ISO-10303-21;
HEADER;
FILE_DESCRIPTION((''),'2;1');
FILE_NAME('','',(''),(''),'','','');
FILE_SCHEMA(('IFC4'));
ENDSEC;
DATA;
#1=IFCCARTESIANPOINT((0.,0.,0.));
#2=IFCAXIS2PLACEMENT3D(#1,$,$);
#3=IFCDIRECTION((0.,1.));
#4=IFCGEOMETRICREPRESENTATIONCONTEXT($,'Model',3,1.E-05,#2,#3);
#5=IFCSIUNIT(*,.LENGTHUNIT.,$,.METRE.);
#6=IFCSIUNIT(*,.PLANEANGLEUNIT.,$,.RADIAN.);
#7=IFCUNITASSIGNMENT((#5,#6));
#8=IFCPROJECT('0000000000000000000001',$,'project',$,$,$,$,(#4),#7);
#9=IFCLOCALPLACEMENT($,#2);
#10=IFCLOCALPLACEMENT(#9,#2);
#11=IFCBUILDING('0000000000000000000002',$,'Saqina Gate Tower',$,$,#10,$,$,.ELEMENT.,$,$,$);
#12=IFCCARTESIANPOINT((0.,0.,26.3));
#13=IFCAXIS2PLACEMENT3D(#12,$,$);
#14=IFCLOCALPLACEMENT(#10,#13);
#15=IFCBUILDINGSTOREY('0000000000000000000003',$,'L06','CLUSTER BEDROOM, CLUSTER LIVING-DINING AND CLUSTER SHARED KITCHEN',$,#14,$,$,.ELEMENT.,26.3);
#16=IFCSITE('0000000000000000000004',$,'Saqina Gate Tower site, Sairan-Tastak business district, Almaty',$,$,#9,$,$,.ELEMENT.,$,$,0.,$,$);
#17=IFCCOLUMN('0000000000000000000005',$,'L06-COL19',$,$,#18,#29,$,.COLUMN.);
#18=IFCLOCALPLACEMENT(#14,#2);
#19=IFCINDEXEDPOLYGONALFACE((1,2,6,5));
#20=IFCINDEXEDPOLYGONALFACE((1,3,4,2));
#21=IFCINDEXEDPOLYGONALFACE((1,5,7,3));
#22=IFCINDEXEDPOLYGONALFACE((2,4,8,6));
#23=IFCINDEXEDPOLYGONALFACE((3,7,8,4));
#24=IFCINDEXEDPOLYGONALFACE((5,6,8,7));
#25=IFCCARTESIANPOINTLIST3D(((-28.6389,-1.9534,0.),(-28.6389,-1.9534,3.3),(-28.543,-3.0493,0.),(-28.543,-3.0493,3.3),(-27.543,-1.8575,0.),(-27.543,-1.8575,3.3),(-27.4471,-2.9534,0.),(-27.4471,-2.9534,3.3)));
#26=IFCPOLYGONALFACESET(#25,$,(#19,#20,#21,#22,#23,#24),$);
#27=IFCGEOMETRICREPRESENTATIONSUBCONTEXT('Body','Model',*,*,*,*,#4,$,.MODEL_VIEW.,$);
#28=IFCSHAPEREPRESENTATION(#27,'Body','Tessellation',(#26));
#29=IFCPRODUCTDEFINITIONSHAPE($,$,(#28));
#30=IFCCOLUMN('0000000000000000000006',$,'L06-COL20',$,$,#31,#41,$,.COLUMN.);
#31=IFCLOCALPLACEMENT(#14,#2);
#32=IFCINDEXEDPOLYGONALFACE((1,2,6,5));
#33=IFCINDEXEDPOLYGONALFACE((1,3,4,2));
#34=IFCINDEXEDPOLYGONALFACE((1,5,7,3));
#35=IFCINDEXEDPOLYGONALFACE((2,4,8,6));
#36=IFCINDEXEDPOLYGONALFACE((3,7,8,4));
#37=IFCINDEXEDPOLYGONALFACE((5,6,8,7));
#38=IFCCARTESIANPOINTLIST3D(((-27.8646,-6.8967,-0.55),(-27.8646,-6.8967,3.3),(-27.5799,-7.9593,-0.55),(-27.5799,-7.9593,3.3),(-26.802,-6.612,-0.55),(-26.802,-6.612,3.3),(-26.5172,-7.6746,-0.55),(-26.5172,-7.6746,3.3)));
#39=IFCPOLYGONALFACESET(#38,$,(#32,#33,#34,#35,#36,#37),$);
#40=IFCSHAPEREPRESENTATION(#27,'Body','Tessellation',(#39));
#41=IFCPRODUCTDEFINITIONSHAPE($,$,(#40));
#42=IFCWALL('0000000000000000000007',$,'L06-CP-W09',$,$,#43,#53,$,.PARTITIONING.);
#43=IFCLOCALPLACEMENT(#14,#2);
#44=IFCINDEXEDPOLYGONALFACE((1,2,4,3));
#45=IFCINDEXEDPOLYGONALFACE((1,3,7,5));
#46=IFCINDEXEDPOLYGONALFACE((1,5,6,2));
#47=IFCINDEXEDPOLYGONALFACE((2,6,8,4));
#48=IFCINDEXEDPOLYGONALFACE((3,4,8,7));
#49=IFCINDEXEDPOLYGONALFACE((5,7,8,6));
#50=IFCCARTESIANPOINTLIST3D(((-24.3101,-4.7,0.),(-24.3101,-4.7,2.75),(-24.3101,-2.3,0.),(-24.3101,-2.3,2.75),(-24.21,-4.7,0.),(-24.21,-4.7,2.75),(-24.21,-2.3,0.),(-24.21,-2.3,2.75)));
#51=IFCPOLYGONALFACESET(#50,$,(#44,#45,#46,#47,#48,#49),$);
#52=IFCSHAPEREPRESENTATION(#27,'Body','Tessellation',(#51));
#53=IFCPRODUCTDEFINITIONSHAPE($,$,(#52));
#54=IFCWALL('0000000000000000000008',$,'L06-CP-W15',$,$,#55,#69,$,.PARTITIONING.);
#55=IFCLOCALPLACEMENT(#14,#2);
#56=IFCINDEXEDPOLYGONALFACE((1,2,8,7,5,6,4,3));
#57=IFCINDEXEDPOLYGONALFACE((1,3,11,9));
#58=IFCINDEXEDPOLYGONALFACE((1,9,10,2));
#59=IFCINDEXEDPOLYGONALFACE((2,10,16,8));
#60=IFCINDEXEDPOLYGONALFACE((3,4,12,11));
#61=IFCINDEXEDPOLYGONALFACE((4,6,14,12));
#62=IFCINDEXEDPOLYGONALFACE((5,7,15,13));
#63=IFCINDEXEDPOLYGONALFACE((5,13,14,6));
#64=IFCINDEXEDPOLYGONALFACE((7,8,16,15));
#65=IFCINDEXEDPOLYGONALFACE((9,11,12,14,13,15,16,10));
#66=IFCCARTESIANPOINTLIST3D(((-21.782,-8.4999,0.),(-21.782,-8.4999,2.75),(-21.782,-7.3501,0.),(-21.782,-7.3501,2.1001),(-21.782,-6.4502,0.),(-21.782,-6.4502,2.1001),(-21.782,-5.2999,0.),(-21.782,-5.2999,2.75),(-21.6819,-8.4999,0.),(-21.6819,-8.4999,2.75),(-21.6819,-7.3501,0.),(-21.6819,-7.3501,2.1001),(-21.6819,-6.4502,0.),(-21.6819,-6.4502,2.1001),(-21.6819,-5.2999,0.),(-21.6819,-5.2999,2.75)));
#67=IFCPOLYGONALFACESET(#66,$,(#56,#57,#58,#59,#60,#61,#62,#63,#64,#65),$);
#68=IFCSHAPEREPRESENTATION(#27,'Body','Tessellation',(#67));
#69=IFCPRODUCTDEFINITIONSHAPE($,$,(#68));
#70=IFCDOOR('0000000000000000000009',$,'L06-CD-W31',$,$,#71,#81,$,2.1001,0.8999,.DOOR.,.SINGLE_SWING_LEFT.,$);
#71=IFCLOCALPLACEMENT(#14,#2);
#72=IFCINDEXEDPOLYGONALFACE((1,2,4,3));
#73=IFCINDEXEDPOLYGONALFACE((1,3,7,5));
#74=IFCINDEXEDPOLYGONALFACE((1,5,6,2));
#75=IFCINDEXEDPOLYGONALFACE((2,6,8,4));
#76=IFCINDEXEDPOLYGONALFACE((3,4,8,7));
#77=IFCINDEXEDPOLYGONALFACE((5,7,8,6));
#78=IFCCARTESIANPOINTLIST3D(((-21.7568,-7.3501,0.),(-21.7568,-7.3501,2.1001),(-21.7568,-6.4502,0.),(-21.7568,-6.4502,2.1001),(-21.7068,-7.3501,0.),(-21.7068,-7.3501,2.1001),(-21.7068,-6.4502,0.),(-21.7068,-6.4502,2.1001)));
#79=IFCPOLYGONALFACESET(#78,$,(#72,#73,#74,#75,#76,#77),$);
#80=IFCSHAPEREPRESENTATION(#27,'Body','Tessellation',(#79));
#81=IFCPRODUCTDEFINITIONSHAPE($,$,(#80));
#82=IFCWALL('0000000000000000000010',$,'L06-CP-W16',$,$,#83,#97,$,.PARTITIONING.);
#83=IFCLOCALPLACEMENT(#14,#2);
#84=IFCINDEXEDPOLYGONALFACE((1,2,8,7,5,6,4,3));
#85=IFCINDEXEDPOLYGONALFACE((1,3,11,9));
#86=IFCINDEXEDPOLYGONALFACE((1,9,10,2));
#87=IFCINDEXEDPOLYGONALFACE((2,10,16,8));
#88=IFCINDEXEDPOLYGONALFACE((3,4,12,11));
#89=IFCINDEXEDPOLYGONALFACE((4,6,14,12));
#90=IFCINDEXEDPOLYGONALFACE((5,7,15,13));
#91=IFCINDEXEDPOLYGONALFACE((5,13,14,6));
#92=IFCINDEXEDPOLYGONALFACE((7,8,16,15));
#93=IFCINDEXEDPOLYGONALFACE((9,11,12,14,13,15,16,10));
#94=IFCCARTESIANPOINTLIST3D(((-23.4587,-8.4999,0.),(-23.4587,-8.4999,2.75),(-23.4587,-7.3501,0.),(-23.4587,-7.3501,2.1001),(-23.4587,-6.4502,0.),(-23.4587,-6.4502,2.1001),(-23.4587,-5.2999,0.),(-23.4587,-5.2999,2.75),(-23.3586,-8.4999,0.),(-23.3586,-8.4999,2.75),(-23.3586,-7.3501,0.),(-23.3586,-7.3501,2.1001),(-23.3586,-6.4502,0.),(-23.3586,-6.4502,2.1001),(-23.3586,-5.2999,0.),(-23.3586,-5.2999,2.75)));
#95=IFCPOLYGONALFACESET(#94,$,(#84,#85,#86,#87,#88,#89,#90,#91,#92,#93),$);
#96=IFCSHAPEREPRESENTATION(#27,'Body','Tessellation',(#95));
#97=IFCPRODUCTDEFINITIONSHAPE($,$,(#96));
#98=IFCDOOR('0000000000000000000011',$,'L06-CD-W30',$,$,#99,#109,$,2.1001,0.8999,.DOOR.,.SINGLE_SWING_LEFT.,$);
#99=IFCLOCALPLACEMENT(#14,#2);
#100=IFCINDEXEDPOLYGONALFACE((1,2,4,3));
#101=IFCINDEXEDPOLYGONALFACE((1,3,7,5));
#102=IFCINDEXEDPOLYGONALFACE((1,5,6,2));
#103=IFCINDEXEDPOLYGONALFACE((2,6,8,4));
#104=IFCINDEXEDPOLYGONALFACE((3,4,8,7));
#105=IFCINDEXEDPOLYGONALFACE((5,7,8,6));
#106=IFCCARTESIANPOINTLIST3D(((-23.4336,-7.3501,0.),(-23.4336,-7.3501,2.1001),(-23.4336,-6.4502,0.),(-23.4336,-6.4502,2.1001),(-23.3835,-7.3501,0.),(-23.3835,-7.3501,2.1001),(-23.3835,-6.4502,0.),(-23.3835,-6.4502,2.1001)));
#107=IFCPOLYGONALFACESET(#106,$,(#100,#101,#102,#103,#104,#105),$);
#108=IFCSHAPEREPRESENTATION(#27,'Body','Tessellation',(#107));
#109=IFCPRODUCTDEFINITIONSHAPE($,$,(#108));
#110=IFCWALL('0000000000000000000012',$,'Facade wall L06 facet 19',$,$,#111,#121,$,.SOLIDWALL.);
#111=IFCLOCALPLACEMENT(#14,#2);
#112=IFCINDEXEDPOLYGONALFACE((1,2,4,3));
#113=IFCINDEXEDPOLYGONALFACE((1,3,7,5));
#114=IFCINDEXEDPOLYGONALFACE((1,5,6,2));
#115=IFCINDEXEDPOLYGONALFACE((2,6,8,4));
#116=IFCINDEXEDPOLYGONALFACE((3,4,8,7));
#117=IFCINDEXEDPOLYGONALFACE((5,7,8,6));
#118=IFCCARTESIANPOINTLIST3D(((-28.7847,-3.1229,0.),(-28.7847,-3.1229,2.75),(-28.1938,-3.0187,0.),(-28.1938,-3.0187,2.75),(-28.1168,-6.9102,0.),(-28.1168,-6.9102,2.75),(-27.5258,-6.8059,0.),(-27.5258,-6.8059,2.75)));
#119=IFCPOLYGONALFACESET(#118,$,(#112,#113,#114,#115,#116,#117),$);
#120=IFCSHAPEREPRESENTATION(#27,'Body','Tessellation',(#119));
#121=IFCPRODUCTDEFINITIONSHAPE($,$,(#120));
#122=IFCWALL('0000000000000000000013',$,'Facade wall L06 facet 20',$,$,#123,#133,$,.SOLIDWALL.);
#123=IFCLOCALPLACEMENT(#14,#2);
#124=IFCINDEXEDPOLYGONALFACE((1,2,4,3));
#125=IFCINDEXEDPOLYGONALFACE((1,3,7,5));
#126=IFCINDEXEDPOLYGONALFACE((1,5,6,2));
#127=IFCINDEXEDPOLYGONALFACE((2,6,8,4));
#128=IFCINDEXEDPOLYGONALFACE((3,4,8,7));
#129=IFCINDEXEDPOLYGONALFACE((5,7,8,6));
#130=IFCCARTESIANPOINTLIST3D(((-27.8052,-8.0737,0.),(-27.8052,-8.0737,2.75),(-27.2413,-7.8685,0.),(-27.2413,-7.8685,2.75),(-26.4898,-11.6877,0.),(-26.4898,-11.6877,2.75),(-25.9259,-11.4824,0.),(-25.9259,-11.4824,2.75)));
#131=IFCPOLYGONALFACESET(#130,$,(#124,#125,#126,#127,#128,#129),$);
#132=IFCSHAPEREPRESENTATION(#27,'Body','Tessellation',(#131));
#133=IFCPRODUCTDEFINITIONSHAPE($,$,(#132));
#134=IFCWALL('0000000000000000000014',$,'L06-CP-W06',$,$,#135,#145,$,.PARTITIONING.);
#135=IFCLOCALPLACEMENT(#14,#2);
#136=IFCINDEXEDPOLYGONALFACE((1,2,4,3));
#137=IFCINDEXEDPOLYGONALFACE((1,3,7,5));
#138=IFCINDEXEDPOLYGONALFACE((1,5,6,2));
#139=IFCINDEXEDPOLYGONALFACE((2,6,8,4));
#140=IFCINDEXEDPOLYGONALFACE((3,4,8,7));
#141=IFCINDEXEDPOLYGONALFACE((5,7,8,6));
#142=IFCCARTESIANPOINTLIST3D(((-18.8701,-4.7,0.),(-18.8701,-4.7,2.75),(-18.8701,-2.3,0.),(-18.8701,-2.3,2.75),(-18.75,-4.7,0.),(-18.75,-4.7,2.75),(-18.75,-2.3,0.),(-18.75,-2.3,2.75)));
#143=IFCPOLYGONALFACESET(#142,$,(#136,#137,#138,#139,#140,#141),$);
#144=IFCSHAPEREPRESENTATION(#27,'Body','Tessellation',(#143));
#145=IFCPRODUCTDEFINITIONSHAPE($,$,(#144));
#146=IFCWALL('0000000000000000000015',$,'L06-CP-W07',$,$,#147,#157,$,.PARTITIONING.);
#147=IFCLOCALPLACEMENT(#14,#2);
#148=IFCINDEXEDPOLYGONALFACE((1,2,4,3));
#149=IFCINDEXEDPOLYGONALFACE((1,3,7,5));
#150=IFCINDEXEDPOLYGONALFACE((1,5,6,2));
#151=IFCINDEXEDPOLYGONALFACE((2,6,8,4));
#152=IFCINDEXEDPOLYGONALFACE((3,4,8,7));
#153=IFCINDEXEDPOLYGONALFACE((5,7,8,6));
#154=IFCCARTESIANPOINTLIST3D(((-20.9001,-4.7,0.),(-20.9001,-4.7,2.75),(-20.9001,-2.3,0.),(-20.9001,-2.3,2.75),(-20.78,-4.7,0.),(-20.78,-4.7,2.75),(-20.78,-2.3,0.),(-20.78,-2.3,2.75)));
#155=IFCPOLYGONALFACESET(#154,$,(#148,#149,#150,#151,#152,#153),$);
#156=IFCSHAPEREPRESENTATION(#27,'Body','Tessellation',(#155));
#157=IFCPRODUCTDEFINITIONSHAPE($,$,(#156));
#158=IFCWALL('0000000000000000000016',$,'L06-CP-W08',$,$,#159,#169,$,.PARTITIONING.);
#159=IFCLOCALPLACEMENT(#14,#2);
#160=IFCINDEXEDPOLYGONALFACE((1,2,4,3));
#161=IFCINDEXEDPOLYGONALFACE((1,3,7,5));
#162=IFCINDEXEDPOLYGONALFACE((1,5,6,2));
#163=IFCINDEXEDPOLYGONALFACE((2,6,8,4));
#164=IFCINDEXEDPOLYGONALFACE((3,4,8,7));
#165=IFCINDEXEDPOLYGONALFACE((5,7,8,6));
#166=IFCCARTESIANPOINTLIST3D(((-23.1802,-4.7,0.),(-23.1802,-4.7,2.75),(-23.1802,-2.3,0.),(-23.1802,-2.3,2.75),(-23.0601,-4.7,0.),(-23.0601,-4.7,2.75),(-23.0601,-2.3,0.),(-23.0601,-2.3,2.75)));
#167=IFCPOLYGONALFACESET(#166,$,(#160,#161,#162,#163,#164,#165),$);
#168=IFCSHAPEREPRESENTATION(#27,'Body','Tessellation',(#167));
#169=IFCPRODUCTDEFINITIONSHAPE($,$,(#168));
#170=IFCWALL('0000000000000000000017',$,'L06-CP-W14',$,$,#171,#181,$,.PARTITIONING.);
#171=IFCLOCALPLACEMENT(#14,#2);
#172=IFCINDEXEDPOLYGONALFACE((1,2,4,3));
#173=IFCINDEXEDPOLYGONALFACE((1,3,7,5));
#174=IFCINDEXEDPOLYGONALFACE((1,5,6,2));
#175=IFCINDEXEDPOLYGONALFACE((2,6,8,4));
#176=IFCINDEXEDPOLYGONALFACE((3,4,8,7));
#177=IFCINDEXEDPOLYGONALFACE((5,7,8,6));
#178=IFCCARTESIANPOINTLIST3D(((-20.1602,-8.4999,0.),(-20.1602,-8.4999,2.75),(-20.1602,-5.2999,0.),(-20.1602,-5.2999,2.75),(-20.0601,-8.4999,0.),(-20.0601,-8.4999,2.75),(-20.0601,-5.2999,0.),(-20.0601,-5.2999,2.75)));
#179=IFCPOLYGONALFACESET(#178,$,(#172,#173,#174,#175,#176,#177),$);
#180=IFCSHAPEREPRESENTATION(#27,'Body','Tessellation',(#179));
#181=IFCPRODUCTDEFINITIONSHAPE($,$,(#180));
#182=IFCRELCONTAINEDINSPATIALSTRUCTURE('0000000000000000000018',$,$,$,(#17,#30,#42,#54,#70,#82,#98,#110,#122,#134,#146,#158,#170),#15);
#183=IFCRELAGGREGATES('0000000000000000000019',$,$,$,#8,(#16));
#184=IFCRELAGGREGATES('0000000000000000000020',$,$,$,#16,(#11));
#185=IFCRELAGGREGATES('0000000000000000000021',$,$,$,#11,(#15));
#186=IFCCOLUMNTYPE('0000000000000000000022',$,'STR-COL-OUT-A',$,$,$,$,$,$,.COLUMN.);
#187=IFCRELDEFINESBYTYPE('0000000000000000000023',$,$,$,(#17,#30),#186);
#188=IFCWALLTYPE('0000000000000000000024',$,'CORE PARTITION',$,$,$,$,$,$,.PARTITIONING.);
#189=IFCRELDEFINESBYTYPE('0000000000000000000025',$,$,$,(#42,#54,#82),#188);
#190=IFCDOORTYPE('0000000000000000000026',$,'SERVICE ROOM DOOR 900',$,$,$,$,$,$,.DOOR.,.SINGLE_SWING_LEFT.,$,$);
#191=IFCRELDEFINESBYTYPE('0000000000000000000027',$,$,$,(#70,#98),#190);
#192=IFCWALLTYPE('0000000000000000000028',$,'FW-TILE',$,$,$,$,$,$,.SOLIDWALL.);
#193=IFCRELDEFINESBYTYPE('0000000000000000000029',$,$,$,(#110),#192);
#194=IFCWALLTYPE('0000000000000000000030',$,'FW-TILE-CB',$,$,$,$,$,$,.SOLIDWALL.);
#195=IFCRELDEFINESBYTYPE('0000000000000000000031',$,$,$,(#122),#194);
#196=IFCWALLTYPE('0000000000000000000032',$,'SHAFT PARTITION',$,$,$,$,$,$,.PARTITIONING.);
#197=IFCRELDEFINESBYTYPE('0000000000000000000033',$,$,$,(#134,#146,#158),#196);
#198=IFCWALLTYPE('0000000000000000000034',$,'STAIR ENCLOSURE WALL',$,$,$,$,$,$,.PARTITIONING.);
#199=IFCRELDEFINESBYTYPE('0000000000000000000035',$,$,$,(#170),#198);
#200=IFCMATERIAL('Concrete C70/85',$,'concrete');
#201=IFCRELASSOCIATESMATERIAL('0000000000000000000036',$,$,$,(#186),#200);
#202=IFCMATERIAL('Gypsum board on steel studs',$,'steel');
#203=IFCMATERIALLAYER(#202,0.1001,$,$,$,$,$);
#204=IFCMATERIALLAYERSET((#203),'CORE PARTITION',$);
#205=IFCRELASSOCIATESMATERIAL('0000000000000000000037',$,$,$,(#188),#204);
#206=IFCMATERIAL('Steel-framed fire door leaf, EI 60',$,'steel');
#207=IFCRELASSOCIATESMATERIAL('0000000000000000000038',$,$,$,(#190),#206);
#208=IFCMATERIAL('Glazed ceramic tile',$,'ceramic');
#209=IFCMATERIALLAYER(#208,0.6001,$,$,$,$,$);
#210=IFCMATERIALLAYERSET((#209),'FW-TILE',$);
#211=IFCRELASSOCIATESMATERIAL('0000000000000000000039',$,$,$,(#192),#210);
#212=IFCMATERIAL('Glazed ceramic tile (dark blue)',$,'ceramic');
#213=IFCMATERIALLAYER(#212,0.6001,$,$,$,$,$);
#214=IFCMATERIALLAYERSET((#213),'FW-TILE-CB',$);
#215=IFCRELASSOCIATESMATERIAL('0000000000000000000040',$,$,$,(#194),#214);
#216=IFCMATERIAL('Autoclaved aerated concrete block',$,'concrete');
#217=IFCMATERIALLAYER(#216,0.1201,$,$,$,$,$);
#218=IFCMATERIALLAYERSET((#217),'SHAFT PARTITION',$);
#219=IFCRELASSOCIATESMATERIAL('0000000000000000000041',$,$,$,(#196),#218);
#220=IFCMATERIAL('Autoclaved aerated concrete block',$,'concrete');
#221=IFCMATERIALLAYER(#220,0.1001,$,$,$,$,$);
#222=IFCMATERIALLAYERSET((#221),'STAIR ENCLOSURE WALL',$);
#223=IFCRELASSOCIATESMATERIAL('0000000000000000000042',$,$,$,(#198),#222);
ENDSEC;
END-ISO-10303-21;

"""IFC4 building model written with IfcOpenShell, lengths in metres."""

from ifc_helpers import new_model, si_unit, direction, frame, frame_2d, origin, origin_2d, place, context, subcontext, project, spatial, rectangle, extrude, material, layer, layer_set, material_profile, profile_set, type_object, element, fill, save


model = new_model("IFC4")

# Units and contexts
model_context = context("Model", 3, precision=1e-05, world=origin(), true_north=direction((0.0, 1.0)))
body_context = subcontext(model_context, "Body", "Model", "MODEL_VIEW")
ifc_project = project(units=[si_unit("LENGTHUNIT", "METRE"), si_unit("PLANEANGLEUNIT", "RADIAN")], contexts=[model_context])

# Site, building, storey
site_placement = place(None, origin())
site = spatial("IfcSite", under=ifc_project, at=site_placement, Name="Saqina Gate Tower site, Sairan-Tastak business district, Almaty", CompositionType="ELEMENT", RefElevation=0.0)
building_placement = place(site_placement, origin())
building = spatial("IfcBuilding", under=site, at=building_placement, Name="Saqina Gate Tower", CompositionType="ELEMENT")
storey_placement = place(building_placement, frame((0.0, 0.0, 26.3)))
storey = spatial("IfcBuildingStorey", under=building, at=storey_placement, Name="L06", Description="CLUSTER BEDROOM, CLUSTER LIVING-DINING AND CLUSTER SHARED KITCHEN", CompositionType="ELEMENT", Elevation=26.3)

# Columns
ifc_material_1 = material(Name="Concrete C70/85", Category="concrete")
ifc_material_profile = material_profile(ifc_material_1, rectangle(XDim=1.1001, YDim=1.1001, at=origin_2d()), Name="RC 1100x1100")
ifc_profile_set = profile_set([ifc_material_profile], Name="Concrete C70/85")
column_type = type_object("IfcColumnType", Name="STR-COL-OUT-A", PredefinedType="COLUMN", material=ifc_profile_set)
column_1_placement = place(storey_placement, frame((-28.043, -2.4534, 0.0), z_axis=(0.0, 0.0, 1.0), x_axis=(-0.996195, -0.087156, 0.0)))
element("IfcColumn", 1, at=column_1_placement, inside=storey, type_object=column_type, Name="L06-COL19", PredefinedType="COLUMN", context=body_context, shape_type="SweptSolid", body=[
    extrude(rectangle(XDim=1.1001, YDim=1.1001, at=origin_2d()), origin(), (0.0, 0.0, 1.0), 3.3),
])
column_2_placement = place(storey_placement, frame((-27.1909, -7.2856, -0.55), z_axis=(0.0, 0.0, 1.0), x_axis=(-0.965926, -0.258819, 0.0)))
element("IfcColumn", 2, at=column_2_placement, inside=storey, type_object=column_type, Name="L06-COL20", PredefinedType="COLUMN", context=body_context, shape_type="SweptSolid", body=[
    extrude(rectangle(XDim=1.1001, YDim=1.1001, at=origin_2d()), origin(), (0.0, 0.0, 1.0), 3.8501),
])

# Wall
ifc_material_2 = material(Name="Gypsum board on steel studs", Category="steel")
ifc_layer_1 = layer(ifc_material_2, 0.1001)
ifc_layer_set_1 = layer_set([ifc_layer_1], Name="CORE PARTITION")
wall_type_1 = type_object("IfcWallType", Name="CORE PARTITION", PredefinedType="PARTITIONING", material=ifc_layer_set_1)
wall_1_placement = place(storey_placement, frame((-24.26, -4.7, 0.0), z_axis=(0.0, 0.0, 1.0), x_axis=(0.0, 1.0, 0.0)))
element("IfcWall", 3, at=wall_1_placement, inside=storey, type_object=wall_type_1, Name="L06-CP-W09", PredefinedType="PARTITIONING", context=body_context, shape_type="SweptSolid", body=[
    extrude(rectangle(XDim=2.3999, YDim=0.1001, at=frame_2d((1.2, 0.0))), origin(), (0.0, 0.0, 1.0), 2.75),
])

# Walls, openings, doors
wall_2_placement = place(storey_placement, frame((-21.7319, -8.5, 0.0), z_axis=(0.0, 0.0, 1.0), x_axis=(0.0, 1.0, 0.0)))
wall_2 = element("IfcWall", 4, at=wall_2_placement, inside=storey, type_object=wall_type_1, Name="L06-CP-W15", PredefinedType="PARTITIONING", context=body_context, shape_type="SweptSolid", body=[
    extrude(rectangle(XDim=3.2, YDim=0.1001, at=frame_2d((1.6001, 0.0))), origin(), (0.0, 0.0, 1.0), 2.75),
])
opening_1_placement = place(wall_2_placement, frame((1.1499, 0.0, 0.0)))
opening_1 = element("IfcOpeningElement", 5, at=opening_1_placement, cuts=wall_2, PredefinedType="OPENING", context=body_context, shape_type="SweptSolid", body=[
    extrude(rectangle(XDim=0.8999, YDim=2.1001, at=frame_2d((0.45, 1.05))), frame((0.0, 0.062, 0.0), z_axis=(0.0, -1.0, 0.0), x_axis=(1.0, 0.0, 0.0)), (0.0, 0.0, 1.0), 0.124),
])
ifc_material_3 = material(Name="Steel-framed fire door leaf, EI 60", Category="steel")
door_type = type_object("IfcDoorType", Name="SERVICE ROOM DOOR 900", OperationType="SINGLE_SWING_LEFT", PredefinedType="DOOR", material=ifc_material_3)
door_1_placement = place(opening_1_placement, origin())
door_1 = element("IfcDoor", 6, at=door_1_placement, inside=storey, type_object=door_type, Name="L06-CD-W31", OperationType="SINGLE_SWING_LEFT", OverallHeight=2.1001, OverallWidth=0.8999, PredefinedType="DOOR", context=body_context, shape_type="SweptSolid", body=[
    extrude(rectangle(XDim=0.8999, YDim=2.1001, at=frame_2d((0.45, 1.05))), frame((0.0, 0.0249, 0.0), z_axis=(0.0, -1.0, 0.0), x_axis=(1.0, 0.0, 0.0)), (0.0, 0.0, 1.0), 0.05),
])
fill(opening_1, door_1)
wall_3_placement = place(storey_placement, frame((-23.4087, -8.5, 0.0), z_axis=(0.0, 0.0, 1.0), x_axis=(0.0, 1.0, 0.0)))
wall_3 = element("IfcWall", 7, at=wall_3_placement, inside=storey, type_object=wall_type_1, Name="L06-CP-W16", PredefinedType="PARTITIONING", context=body_context, shape_type="SweptSolid", body=[
    extrude(rectangle(XDim=3.2, YDim=0.1001, at=frame_2d((1.6001, 0.0))), origin(), (0.0, 0.0, 1.0), 2.75),
])
opening_2_placement = place(wall_3_placement, frame((1.1499, 0.0, 0.0)))
opening_2 = element("IfcOpeningElement", 8, at=opening_2_placement, cuts=wall_3, PredefinedType="OPENING", context=body_context, shape_type="SweptSolid", body=[
    extrude(rectangle(XDim=0.8999, YDim=2.1001, at=frame_2d((0.45, 1.05))), frame((0.0, 0.062, 0.0), z_axis=(0.0, -1.0, 0.0), x_axis=(1.0, 0.0, 0.0)), (0.0, 0.0, 1.0), 0.124),
])
door_2_placement = place(opening_2_placement, origin())
door_2 = element("IfcDoor", 9, at=door_2_placement, inside=storey, type_object=door_type, Name="L06-CD-W30", OperationType="SINGLE_SWING_LEFT", OverallHeight=2.1001, OverallWidth=0.8999, PredefinedType="DOOR", context=body_context, shape_type="SweptSolid", body=[
    extrude(rectangle(XDim=0.8999, YDim=2.1001, at=frame_2d((0.45, 1.05))), frame((0.0, 0.0249, 0.0), z_axis=(0.0, -1.0, 0.0), x_axis=(1.0, 0.0, 0.0)), (0.0, 0.0, 1.0), 0.05),
])
fill(opening_2, door_2)

# Walls
ifc_material_4 = material(Name="Glazed ceramic tile", Category="ceramic")
ifc_layer_2 = layer(ifc_material_4, 0.6001)
ifc_layer_set_2 = layer_set([ifc_layer_2], Name="FW-TILE")
wall_type_2 = type_object("IfcWallType", Name="FW-TILE", PredefinedType="SOLIDWALL", material=ifc_layer_set_2)
wall_4_placement = place(storey_placement, frame((-28.4893, -3.0708, 0.0), z_axis=(0.0, 0.0, 1.0), x_axis=(0.173688, -0.984801, 0.0)))
element("IfcWall", 10, at=wall_4_placement, inside=storey, type_object=wall_type_2, Name="Facade wall L06 facet 19", PredefinedType="SOLIDWALL", context=body_context, shape_type="SweptSolid", body=[
    extrude(rectangle(XDim=3.8457, YDim=0.6001, at=frame_2d((1.9229, 0.0))), origin(), (0.0, 0.0, 1.0), 2.75),
])
ifc_material_5 = material(Name="Glazed ceramic tile (dark blue)", Category="ceramic")
ifc_layer_3 = layer(ifc_material_5, 0.6001)
ifc_layer_set_3 = layer_set([ifc_layer_3], Name="FW-TILE-CB")
wall_type_3 = type_object("IfcWallType", Name="FW-TILE-CB", PredefinedType="SOLIDWALL", material=ifc_layer_set_3)
wall_5_placement = place(storey_placement, frame((-27.5232, -7.9712, 0.0), z_axis=(0.0, 0.0, 1.0), x_axis=(0.342028, -0.93969, 0.0)))
element("IfcWall", 11, at=wall_5_placement, inside=storey, type_object=wall_type_3, Name="Facade wall L06 facet 20", PredefinedType="SOLIDWALL", context=body_context, shape_type="SweptSolid", body=[
    extrude(rectangle(XDim=3.8459, YDim=0.6001, at=frame_2d((1.9229, 0.0))), origin(), (0.0, 0.0, 1.0), 2.75),
])
ifc_material_6 = material(Name="Autoclaved aerated concrete block", Category="concrete")
ifc_layer_4 = layer(ifc_material_6, 0.1201)
ifc_layer_set_4 = layer_set([ifc_layer_4], Name="SHAFT PARTITION")
wall_type_4 = type_object("IfcWallType", Name="SHAFT PARTITION", PredefinedType="PARTITIONING", material=ifc_layer_set_4)
for number, where, z_axis, x_axis, name in (
    (12, (-18.8101, -4.7, 0.0), (0.0, 0.0, 1.0), (0.0, 1.0, 0.0), "L06-CP-W06"),
    (13, (-20.8401, -4.7, 0.0), (0.0, 0.0, 1.0), (0.0, 1.0, 0.0), "L06-CP-W07"),
    (14, (-23.1201, -4.7, 0.0), (0.0, 0.0, 1.0), (0.0, 1.0, 0.0), "L06-CP-W08"),
):
    element("IfcWall", number, at=place(storey_placement, frame(where, z_axis=z_axis, x_axis=x_axis)), inside=storey, type_object=wall_type_4, Name=name, PredefinedType="PARTITIONING", context=body_context, shape_type="SweptSolid", body=[
        extrude(rectangle(XDim=2.3999, YDim=0.1201, at=frame_2d((1.2, 0.0))), origin(), (0.0, 0.0, 1.0), 2.75),
    ])
ifc_material_7 = material(Name="Autoclaved aerated concrete block", Category="concrete")
ifc_layer_5 = layer(ifc_material_7, 0.1001)
ifc_layer_set_5 = layer_set([ifc_layer_5], Name="STAIR ENCLOSURE WALL")
wall_type_5 = type_object("IfcWallType", Name="STAIR ENCLOSURE WALL", PredefinedType="PARTITIONING", material=ifc_layer_set_5)
wall_6_placement = place(storey_placement, frame((-20.1101, -8.5, 0.0), z_axis=(0.0, 0.0, 1.0), x_axis=(0.0, 1.0, 0.0)))
element("IfcWall", 15, at=wall_6_placement, inside=storey, type_object=wall_type_5, Name="L06-CP-W14", PredefinedType="PARTITIONING", context=body_context, shape_type="SweptSolid", body=[
    extrude(rectangle(XDim=3.2, YDim=0.1001, at=frame_2d((1.6001, 0.0))), origin(), (0.0, 0.0, 1.0), 2.75),
])

save(model, "model.ifc")
